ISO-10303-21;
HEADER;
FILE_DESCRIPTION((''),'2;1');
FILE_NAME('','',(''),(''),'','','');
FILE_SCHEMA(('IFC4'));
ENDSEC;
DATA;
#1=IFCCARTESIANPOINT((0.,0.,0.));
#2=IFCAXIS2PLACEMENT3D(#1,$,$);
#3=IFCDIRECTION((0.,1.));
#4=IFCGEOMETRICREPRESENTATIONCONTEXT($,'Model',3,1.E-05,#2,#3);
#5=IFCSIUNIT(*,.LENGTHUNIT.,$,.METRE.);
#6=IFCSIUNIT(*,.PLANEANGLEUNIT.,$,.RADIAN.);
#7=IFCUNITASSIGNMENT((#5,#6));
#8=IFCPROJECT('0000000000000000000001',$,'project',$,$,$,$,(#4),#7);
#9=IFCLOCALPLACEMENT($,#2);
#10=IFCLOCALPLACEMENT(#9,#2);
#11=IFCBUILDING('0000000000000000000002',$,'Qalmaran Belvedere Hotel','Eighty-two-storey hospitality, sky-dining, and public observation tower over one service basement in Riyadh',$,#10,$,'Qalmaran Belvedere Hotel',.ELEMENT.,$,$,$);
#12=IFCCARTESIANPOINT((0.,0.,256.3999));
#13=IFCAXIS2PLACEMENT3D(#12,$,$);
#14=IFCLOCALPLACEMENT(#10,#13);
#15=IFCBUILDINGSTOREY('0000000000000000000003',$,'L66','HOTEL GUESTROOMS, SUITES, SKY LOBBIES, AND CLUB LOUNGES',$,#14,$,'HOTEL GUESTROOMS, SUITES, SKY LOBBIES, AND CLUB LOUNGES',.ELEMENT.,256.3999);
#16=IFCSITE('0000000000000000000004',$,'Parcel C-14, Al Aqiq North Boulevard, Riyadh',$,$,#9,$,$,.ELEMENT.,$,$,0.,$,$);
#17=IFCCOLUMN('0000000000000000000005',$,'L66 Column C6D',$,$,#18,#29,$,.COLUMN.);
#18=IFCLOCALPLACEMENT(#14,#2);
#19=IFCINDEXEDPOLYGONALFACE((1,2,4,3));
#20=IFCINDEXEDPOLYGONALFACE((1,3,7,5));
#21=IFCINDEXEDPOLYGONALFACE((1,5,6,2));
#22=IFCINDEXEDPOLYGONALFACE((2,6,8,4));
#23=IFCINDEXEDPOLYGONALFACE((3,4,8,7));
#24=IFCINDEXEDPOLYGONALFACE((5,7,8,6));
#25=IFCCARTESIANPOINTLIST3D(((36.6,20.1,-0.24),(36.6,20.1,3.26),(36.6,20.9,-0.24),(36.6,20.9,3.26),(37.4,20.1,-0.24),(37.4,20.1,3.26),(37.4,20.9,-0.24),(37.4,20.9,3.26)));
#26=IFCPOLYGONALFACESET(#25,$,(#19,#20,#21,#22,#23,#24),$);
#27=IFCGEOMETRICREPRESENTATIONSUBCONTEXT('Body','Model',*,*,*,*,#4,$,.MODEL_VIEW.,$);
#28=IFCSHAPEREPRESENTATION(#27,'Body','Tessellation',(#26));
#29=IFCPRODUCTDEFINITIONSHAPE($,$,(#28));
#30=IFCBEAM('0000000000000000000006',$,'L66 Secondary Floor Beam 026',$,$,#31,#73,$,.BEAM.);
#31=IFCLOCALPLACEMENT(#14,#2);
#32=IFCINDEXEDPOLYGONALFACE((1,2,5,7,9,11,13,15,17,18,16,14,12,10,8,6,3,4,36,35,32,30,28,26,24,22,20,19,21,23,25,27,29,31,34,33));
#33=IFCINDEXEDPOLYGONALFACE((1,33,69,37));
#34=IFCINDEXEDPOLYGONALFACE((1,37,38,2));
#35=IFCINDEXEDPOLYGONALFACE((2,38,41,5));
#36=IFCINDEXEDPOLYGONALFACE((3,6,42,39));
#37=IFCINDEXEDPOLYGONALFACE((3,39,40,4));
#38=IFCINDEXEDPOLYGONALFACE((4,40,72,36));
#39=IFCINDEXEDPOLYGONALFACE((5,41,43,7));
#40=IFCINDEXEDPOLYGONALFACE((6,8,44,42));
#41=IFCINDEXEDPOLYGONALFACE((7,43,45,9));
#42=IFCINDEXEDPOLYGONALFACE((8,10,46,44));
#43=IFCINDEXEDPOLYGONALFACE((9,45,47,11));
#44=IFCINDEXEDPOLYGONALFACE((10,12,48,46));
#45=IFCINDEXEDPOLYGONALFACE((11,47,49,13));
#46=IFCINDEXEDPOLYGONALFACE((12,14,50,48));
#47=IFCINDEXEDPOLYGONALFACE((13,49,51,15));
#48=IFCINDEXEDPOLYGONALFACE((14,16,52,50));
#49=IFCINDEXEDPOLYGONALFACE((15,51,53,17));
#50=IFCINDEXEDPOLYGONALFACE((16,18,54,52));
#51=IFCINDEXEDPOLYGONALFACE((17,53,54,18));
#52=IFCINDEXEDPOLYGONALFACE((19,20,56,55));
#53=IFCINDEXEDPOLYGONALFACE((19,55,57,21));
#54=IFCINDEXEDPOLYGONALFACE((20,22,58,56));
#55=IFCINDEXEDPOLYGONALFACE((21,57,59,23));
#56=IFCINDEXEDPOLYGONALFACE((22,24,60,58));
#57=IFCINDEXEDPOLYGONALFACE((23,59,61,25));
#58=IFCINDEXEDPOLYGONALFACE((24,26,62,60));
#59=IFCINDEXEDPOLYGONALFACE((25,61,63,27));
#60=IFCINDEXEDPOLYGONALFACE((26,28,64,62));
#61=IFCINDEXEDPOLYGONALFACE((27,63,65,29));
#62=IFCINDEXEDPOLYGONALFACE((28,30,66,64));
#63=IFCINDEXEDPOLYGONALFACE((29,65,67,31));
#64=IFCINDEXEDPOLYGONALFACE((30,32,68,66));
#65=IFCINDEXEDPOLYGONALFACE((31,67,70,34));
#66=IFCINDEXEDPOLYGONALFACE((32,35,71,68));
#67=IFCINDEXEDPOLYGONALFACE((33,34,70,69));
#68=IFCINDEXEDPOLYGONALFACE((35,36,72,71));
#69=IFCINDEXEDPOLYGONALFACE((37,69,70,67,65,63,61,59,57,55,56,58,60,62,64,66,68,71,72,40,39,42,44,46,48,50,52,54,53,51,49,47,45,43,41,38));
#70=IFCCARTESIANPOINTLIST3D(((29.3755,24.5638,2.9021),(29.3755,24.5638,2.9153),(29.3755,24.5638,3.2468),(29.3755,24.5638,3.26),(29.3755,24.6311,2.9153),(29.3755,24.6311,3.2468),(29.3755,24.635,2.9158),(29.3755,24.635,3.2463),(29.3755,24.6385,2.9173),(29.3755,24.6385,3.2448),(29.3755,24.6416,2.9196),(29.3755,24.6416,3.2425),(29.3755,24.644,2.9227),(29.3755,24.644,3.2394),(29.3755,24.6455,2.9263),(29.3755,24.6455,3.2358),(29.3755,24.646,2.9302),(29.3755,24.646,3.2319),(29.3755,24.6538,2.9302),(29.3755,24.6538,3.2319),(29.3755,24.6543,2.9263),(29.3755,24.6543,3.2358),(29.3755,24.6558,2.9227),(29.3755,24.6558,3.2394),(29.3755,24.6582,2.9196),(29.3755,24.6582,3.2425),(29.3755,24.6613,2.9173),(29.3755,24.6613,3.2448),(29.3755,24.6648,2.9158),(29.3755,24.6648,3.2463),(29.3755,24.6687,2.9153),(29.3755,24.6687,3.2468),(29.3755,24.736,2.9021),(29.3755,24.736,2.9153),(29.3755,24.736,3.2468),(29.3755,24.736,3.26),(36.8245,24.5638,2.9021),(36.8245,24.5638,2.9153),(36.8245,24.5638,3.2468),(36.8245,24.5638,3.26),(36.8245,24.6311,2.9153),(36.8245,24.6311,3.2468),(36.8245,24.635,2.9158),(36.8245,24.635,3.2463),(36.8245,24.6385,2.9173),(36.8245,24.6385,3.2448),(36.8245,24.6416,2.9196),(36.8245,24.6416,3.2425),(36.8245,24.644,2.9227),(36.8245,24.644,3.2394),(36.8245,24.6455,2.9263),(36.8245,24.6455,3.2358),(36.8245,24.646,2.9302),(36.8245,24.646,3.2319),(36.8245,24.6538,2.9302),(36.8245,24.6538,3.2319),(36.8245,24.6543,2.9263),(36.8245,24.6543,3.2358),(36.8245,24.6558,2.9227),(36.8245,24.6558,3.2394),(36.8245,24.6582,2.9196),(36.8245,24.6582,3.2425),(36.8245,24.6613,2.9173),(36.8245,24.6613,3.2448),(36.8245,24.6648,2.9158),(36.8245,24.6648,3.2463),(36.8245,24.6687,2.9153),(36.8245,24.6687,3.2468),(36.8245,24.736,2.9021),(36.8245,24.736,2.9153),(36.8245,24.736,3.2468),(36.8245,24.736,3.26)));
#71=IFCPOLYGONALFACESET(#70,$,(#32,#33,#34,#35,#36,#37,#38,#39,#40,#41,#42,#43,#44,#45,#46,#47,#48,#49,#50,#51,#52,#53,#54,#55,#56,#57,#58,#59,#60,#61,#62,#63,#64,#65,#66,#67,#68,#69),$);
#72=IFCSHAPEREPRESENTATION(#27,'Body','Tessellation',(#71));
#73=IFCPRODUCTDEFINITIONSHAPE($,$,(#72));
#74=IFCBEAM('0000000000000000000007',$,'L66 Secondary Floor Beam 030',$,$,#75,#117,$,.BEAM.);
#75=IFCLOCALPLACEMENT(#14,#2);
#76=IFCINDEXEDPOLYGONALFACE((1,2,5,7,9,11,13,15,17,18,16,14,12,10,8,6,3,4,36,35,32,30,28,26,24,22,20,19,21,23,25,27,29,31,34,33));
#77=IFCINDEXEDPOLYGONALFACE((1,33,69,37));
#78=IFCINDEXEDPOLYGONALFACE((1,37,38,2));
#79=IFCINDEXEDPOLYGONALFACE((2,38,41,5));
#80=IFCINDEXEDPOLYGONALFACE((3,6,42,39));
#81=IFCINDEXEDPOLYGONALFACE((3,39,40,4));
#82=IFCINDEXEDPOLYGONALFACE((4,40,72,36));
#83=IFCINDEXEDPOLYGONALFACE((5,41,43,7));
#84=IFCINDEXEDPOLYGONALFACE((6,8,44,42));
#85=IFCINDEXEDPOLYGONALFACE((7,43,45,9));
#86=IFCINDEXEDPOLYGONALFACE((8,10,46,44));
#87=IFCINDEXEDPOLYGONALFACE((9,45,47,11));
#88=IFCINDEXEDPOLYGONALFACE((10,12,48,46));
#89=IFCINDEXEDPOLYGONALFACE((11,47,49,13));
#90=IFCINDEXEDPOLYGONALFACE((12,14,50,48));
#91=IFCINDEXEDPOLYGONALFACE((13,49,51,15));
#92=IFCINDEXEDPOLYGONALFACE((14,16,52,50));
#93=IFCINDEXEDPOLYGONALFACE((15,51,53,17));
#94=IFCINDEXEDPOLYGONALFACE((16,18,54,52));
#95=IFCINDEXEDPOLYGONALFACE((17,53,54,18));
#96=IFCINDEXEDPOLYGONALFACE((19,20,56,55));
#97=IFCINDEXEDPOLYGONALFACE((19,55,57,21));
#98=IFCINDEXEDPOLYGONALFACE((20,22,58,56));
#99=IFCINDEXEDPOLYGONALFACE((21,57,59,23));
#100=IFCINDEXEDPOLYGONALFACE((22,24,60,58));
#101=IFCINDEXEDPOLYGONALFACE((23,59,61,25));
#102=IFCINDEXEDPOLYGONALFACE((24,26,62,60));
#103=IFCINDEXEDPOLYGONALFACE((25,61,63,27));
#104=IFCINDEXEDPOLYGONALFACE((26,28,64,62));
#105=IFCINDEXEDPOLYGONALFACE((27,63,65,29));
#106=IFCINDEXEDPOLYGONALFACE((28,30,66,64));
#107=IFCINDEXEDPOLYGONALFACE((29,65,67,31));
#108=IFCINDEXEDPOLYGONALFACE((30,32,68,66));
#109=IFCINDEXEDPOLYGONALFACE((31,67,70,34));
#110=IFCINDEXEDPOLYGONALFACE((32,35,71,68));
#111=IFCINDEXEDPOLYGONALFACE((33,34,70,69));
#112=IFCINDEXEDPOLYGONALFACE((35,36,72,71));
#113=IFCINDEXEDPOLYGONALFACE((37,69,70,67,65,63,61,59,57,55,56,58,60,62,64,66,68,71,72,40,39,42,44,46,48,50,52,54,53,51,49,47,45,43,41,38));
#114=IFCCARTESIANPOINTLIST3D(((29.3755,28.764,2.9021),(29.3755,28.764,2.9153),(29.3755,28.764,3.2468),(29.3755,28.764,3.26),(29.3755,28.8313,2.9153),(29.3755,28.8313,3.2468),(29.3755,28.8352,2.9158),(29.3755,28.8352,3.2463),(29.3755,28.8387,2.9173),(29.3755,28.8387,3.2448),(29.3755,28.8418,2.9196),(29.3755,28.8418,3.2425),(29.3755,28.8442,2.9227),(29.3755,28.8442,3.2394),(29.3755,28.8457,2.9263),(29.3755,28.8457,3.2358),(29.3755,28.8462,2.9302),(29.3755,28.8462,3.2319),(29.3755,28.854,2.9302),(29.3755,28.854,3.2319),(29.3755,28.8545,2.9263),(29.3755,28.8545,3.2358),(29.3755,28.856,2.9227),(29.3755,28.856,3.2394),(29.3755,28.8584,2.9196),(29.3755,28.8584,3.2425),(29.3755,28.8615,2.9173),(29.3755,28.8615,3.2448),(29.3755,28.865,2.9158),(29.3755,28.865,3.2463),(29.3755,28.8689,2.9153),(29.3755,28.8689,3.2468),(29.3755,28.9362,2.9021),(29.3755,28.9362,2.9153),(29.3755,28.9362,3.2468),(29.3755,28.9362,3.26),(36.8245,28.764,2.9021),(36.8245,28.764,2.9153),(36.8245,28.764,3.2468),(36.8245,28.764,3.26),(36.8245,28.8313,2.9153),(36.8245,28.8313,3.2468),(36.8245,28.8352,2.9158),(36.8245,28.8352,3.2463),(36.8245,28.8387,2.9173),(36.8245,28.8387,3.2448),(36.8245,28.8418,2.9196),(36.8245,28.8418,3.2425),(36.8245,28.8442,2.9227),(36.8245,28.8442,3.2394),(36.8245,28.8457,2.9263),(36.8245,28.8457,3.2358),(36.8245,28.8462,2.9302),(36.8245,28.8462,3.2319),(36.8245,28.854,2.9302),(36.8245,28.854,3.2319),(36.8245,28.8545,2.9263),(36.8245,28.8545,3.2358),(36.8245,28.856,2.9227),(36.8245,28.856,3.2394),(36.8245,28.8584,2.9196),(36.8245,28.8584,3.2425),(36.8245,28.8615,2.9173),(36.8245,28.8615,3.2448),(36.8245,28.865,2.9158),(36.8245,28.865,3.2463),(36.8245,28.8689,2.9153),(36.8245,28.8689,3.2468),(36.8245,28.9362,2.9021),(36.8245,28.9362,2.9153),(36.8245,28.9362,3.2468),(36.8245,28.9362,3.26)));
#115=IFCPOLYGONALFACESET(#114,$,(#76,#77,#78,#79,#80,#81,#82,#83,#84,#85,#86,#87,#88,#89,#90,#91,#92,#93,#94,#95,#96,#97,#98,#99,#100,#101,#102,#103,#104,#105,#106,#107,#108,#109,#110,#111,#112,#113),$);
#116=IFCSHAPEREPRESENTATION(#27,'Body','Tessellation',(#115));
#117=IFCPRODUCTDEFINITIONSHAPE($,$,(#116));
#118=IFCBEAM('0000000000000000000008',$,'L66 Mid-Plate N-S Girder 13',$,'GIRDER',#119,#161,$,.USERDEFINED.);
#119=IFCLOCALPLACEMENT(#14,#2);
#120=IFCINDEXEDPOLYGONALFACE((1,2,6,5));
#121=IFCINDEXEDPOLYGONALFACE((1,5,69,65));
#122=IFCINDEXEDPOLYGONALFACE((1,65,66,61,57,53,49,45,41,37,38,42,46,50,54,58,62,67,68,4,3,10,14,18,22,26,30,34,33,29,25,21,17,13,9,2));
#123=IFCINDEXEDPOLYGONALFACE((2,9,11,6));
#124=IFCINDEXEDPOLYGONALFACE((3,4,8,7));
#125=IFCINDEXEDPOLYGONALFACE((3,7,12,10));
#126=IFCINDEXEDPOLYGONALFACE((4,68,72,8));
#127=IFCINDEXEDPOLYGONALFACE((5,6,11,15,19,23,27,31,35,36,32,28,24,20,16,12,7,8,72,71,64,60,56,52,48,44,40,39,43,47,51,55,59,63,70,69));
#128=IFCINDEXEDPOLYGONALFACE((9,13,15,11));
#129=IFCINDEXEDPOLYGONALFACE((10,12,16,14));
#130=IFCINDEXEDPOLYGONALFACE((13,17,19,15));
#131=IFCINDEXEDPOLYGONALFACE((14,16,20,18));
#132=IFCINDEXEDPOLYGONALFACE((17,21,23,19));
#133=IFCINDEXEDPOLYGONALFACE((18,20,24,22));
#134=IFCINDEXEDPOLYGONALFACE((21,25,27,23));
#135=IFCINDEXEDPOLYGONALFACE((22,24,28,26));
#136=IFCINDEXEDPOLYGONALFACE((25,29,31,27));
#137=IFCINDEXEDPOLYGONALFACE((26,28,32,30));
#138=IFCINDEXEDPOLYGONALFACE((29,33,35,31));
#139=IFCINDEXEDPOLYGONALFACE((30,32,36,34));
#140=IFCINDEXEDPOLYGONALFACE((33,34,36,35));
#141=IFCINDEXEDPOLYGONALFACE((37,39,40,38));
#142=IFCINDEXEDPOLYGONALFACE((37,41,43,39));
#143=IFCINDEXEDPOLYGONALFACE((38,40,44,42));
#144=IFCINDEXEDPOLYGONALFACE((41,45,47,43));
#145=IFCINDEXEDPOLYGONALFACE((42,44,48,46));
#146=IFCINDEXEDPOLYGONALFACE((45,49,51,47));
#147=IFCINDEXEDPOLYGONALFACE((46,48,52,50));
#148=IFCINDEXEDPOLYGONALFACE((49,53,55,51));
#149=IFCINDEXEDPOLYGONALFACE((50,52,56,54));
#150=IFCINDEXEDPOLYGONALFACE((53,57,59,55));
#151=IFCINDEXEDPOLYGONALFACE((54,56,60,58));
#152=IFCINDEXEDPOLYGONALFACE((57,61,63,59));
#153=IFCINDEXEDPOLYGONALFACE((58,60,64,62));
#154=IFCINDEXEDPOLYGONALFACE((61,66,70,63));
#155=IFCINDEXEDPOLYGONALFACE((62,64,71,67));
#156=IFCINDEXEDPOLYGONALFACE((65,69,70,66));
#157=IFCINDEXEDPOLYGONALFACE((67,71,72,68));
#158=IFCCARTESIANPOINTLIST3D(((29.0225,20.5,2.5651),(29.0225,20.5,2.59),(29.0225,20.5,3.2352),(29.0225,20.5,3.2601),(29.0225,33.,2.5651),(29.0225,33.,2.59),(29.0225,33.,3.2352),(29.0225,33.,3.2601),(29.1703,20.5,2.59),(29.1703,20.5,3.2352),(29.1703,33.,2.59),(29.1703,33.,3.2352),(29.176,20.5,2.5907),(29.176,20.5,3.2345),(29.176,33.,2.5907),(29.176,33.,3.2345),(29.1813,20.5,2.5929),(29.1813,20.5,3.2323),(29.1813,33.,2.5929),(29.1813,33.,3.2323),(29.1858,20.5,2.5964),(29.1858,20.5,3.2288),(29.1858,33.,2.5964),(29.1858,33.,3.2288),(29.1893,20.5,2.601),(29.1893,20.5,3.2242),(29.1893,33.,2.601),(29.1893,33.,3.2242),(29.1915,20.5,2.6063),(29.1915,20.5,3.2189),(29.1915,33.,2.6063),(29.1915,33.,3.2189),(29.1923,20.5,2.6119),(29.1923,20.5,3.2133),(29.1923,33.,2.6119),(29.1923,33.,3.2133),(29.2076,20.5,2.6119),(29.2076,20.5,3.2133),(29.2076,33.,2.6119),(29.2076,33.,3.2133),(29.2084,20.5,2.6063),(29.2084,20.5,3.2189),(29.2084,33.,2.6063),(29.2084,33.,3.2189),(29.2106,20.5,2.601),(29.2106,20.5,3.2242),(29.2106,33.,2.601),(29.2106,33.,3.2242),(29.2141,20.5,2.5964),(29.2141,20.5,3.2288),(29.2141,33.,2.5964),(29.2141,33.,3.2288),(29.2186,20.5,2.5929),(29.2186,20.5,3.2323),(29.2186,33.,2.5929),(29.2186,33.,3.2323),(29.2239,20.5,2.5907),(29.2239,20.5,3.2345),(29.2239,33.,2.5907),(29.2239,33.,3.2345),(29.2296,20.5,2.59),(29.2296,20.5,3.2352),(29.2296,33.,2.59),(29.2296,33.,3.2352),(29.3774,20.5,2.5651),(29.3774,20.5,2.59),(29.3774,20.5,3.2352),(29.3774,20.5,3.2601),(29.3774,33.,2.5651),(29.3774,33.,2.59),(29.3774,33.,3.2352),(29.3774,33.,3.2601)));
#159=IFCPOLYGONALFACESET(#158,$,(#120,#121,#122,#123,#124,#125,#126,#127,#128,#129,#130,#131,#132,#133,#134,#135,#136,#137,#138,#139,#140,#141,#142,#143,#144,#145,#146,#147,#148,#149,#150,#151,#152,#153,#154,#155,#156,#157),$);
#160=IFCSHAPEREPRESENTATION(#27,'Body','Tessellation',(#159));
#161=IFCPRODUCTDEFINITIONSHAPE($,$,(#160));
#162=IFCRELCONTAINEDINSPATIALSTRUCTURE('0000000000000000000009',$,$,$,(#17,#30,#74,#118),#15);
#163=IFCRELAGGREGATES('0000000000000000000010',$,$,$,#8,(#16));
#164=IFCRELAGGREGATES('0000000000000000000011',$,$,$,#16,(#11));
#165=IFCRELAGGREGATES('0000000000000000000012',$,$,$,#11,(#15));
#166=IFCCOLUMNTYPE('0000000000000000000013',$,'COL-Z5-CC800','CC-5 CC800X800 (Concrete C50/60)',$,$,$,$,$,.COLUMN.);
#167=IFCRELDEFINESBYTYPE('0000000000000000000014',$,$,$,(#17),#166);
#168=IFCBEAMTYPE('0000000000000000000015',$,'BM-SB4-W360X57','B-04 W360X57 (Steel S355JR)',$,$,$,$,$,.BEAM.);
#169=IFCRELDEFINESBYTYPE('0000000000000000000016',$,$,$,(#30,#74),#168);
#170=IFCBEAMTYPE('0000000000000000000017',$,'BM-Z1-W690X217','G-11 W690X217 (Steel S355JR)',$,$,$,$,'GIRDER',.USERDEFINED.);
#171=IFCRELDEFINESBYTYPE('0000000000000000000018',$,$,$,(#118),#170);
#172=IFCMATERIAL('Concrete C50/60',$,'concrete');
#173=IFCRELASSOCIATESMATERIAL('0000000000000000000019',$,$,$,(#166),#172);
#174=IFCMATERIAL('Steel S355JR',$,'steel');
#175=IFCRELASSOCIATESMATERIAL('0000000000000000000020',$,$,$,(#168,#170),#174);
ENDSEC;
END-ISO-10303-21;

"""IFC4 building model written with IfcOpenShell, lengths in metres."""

from ifc_helpers import new_model, si_unit, direction, frame, origin, origin_2d, place, context, subcontext, project, spatial, rectangle, i_section, extrude, material, material_profile, profile_set, type_object, element, save


model = new_model("IFC4")

# Units and contexts
model_context = context("Model", 3, precision=1e-05, world=origin(), true_north=direction((0.0, 1.0)))
body_context = subcontext(model_context, "Body", "Model", "MODEL_VIEW")
ifc_project = project(units=[si_unit("LENGTHUNIT", "METRE"), si_unit("PLANEANGLEUNIT", "RADIAN")], contexts=[model_context])

# Site, building, storey
site_placement = place(None, origin())
site = spatial("IfcSite", under=ifc_project, at=site_placement, Name="Parcel C-14, Al Aqiq North Boulevard, Riyadh", CompositionType="ELEMENT", RefElevation=0.0)
building_placement = place(site_placement, origin())
building = spatial("IfcBuilding", under=site, at=building_placement, Name="Qalmaran Belvedere Hotel", Description="Eighty-two-storey hospitality, sky-dining, and public observation tower over one service basement in Riyadh", LongName="Qalmaran Belvedere Hotel", CompositionType="ELEMENT")
storey_placement = place(building_placement, frame((0.0, 0.0, 256.3999)))
storey = spatial("IfcBuildingStorey", under=building, at=storey_placement, Name="L66", Description="HOTEL GUESTROOMS, SUITES, SKY LOBBIES, AND CLUB LOUNGES", LongName="HOTEL GUESTROOMS, SUITES, SKY LOBBIES, AND CLUB LOUNGES", CompositionType="ELEMENT", Elevation=256.3999)

# Column
ifc_material_1 = material(Name="Concrete C50/60", Category="concrete")
ifc_material_profile_1 = material_profile(ifc_material_1, rectangle(XDim=0.8, YDim=0.8, at=origin_2d()), Name="CC800X800")
ifc_profile_set_1 = profile_set([ifc_material_profile_1], Name="Concrete C50/60")
column_type = type_object("IfcColumnType", Name="COL-Z5-CC800", Description="CC-5 CC800X800 (Concrete C50/60)", PredefinedType="COLUMN", material=ifc_profile_set_1)
column_placement = place(storey_placement, frame((37.0, 20.5, -0.24), z_axis=(0.0, 0.0, 1.0), x_axis=(1.0, 0.0, 0.0)))
element("IfcColumn", 1, at=column_placement, inside=storey, type_object=column_type, Name="L66 Column C6D", PredefinedType="COLUMN", context=body_context, shape_type="SweptSolid", body=[
    extrude(rectangle(XDim=0.8, YDim=0.8, at=origin_2d()), origin(), (0.0, 0.0, 1.0), 3.5),
])

# Beams
ifc_material_2 = material(Name="Steel S355JR", Category="steel")
ifc_material_profile_2 = material_profile(ifc_material_2, i_section(OverallWidth=0.1721, OverallDepth=0.3579, WebThickness=0.0078, FlangeThickness=0.0132, FilletRadius=0.0149, at=origin_2d()), Name="W360X57")
ifc_profile_set_2 = profile_set([ifc_material_profile_2], Name="Steel S355JR")
beam_type_1 = type_object("IfcBeamType", Name="BM-SB4-W360X57", Description="B-04 W360X57 (Steel S355JR)", PredefinedType="BEAM", material=ifc_profile_set_2)
for number, where, z_axis, x_axis, name in (
    (2, (29.3755, 24.6499, 3.0811), (1.0, 0.0, 0.0), (0.0, 1.0, 0.0), "L66 Secondary Floor Beam 026"),
    (3, (29.3755, 28.8501, 3.0811), (1.0, 0.0, 0.0), (0.0, 1.0, 0.0), "L66 Secondary Floor Beam 030"),
):
    element("IfcBeam", number, at=place(storey_placement, frame(where, z_axis=z_axis, x_axis=x_axis)), inside=storey, type_object=beam_type_1, Name=name, PredefinedType="BEAM", context=body_context, shape_type="SweptSolid", body=[
        extrude(i_section(OverallWidth=0.1721, OverallDepth=0.3579, WebThickness=0.0078, FlangeThickness=0.0132, FilletRadius=0.0149, at=origin_2d()), origin(), (0.0, 0.0, 1.0), 7.449),
    ])
ifc_material_profile_3 = material_profile(ifc_material_2, i_section(OverallWidth=0.355, OverallDepth=0.6951, WebThickness=0.0154, FlangeThickness=0.0249, FilletRadius=0.022, at=origin_2d()), Name="W690X217")
ifc_profile_set_3 = profile_set([ifc_material_profile_3], Name="Steel S355JR")
beam_type_2 = type_object("IfcBeamType", Name="BM-Z1-W690X217", Description="G-11 W690X217 (Steel S355JR)", ElementType="GIRDER", PredefinedType="USERDEFINED", material=ifc_profile_set_3)
for number, where, z_axis, x_axis, name in (
    (4, (29.2, 20.5, 2.9126), (0.0, 1.0, 0.0), (-1.0, 0.0, 0.0), "L66 Mid-Plate N-S Girder 13"),
):
    element("IfcBeam", number, at=place(storey_placement, frame(where, z_axis=z_axis, x_axis=x_axis)), inside=storey, type_object=beam_type_2, Name=name, ObjectType="GIRDER", PredefinedType="USERDEFINED", context=body_context, shape_type="SweptSolid", body=[
        extrude(i_section(OverallWidth=0.355, OverallDepth=0.6951, WebThickness=0.0154, FlangeThickness=0.0249, FilletRadius=0.022, at=origin_2d()), origin(), (0.0, 0.0, 1.0), 12.5),
    ])

save(model, "model.ifc")
